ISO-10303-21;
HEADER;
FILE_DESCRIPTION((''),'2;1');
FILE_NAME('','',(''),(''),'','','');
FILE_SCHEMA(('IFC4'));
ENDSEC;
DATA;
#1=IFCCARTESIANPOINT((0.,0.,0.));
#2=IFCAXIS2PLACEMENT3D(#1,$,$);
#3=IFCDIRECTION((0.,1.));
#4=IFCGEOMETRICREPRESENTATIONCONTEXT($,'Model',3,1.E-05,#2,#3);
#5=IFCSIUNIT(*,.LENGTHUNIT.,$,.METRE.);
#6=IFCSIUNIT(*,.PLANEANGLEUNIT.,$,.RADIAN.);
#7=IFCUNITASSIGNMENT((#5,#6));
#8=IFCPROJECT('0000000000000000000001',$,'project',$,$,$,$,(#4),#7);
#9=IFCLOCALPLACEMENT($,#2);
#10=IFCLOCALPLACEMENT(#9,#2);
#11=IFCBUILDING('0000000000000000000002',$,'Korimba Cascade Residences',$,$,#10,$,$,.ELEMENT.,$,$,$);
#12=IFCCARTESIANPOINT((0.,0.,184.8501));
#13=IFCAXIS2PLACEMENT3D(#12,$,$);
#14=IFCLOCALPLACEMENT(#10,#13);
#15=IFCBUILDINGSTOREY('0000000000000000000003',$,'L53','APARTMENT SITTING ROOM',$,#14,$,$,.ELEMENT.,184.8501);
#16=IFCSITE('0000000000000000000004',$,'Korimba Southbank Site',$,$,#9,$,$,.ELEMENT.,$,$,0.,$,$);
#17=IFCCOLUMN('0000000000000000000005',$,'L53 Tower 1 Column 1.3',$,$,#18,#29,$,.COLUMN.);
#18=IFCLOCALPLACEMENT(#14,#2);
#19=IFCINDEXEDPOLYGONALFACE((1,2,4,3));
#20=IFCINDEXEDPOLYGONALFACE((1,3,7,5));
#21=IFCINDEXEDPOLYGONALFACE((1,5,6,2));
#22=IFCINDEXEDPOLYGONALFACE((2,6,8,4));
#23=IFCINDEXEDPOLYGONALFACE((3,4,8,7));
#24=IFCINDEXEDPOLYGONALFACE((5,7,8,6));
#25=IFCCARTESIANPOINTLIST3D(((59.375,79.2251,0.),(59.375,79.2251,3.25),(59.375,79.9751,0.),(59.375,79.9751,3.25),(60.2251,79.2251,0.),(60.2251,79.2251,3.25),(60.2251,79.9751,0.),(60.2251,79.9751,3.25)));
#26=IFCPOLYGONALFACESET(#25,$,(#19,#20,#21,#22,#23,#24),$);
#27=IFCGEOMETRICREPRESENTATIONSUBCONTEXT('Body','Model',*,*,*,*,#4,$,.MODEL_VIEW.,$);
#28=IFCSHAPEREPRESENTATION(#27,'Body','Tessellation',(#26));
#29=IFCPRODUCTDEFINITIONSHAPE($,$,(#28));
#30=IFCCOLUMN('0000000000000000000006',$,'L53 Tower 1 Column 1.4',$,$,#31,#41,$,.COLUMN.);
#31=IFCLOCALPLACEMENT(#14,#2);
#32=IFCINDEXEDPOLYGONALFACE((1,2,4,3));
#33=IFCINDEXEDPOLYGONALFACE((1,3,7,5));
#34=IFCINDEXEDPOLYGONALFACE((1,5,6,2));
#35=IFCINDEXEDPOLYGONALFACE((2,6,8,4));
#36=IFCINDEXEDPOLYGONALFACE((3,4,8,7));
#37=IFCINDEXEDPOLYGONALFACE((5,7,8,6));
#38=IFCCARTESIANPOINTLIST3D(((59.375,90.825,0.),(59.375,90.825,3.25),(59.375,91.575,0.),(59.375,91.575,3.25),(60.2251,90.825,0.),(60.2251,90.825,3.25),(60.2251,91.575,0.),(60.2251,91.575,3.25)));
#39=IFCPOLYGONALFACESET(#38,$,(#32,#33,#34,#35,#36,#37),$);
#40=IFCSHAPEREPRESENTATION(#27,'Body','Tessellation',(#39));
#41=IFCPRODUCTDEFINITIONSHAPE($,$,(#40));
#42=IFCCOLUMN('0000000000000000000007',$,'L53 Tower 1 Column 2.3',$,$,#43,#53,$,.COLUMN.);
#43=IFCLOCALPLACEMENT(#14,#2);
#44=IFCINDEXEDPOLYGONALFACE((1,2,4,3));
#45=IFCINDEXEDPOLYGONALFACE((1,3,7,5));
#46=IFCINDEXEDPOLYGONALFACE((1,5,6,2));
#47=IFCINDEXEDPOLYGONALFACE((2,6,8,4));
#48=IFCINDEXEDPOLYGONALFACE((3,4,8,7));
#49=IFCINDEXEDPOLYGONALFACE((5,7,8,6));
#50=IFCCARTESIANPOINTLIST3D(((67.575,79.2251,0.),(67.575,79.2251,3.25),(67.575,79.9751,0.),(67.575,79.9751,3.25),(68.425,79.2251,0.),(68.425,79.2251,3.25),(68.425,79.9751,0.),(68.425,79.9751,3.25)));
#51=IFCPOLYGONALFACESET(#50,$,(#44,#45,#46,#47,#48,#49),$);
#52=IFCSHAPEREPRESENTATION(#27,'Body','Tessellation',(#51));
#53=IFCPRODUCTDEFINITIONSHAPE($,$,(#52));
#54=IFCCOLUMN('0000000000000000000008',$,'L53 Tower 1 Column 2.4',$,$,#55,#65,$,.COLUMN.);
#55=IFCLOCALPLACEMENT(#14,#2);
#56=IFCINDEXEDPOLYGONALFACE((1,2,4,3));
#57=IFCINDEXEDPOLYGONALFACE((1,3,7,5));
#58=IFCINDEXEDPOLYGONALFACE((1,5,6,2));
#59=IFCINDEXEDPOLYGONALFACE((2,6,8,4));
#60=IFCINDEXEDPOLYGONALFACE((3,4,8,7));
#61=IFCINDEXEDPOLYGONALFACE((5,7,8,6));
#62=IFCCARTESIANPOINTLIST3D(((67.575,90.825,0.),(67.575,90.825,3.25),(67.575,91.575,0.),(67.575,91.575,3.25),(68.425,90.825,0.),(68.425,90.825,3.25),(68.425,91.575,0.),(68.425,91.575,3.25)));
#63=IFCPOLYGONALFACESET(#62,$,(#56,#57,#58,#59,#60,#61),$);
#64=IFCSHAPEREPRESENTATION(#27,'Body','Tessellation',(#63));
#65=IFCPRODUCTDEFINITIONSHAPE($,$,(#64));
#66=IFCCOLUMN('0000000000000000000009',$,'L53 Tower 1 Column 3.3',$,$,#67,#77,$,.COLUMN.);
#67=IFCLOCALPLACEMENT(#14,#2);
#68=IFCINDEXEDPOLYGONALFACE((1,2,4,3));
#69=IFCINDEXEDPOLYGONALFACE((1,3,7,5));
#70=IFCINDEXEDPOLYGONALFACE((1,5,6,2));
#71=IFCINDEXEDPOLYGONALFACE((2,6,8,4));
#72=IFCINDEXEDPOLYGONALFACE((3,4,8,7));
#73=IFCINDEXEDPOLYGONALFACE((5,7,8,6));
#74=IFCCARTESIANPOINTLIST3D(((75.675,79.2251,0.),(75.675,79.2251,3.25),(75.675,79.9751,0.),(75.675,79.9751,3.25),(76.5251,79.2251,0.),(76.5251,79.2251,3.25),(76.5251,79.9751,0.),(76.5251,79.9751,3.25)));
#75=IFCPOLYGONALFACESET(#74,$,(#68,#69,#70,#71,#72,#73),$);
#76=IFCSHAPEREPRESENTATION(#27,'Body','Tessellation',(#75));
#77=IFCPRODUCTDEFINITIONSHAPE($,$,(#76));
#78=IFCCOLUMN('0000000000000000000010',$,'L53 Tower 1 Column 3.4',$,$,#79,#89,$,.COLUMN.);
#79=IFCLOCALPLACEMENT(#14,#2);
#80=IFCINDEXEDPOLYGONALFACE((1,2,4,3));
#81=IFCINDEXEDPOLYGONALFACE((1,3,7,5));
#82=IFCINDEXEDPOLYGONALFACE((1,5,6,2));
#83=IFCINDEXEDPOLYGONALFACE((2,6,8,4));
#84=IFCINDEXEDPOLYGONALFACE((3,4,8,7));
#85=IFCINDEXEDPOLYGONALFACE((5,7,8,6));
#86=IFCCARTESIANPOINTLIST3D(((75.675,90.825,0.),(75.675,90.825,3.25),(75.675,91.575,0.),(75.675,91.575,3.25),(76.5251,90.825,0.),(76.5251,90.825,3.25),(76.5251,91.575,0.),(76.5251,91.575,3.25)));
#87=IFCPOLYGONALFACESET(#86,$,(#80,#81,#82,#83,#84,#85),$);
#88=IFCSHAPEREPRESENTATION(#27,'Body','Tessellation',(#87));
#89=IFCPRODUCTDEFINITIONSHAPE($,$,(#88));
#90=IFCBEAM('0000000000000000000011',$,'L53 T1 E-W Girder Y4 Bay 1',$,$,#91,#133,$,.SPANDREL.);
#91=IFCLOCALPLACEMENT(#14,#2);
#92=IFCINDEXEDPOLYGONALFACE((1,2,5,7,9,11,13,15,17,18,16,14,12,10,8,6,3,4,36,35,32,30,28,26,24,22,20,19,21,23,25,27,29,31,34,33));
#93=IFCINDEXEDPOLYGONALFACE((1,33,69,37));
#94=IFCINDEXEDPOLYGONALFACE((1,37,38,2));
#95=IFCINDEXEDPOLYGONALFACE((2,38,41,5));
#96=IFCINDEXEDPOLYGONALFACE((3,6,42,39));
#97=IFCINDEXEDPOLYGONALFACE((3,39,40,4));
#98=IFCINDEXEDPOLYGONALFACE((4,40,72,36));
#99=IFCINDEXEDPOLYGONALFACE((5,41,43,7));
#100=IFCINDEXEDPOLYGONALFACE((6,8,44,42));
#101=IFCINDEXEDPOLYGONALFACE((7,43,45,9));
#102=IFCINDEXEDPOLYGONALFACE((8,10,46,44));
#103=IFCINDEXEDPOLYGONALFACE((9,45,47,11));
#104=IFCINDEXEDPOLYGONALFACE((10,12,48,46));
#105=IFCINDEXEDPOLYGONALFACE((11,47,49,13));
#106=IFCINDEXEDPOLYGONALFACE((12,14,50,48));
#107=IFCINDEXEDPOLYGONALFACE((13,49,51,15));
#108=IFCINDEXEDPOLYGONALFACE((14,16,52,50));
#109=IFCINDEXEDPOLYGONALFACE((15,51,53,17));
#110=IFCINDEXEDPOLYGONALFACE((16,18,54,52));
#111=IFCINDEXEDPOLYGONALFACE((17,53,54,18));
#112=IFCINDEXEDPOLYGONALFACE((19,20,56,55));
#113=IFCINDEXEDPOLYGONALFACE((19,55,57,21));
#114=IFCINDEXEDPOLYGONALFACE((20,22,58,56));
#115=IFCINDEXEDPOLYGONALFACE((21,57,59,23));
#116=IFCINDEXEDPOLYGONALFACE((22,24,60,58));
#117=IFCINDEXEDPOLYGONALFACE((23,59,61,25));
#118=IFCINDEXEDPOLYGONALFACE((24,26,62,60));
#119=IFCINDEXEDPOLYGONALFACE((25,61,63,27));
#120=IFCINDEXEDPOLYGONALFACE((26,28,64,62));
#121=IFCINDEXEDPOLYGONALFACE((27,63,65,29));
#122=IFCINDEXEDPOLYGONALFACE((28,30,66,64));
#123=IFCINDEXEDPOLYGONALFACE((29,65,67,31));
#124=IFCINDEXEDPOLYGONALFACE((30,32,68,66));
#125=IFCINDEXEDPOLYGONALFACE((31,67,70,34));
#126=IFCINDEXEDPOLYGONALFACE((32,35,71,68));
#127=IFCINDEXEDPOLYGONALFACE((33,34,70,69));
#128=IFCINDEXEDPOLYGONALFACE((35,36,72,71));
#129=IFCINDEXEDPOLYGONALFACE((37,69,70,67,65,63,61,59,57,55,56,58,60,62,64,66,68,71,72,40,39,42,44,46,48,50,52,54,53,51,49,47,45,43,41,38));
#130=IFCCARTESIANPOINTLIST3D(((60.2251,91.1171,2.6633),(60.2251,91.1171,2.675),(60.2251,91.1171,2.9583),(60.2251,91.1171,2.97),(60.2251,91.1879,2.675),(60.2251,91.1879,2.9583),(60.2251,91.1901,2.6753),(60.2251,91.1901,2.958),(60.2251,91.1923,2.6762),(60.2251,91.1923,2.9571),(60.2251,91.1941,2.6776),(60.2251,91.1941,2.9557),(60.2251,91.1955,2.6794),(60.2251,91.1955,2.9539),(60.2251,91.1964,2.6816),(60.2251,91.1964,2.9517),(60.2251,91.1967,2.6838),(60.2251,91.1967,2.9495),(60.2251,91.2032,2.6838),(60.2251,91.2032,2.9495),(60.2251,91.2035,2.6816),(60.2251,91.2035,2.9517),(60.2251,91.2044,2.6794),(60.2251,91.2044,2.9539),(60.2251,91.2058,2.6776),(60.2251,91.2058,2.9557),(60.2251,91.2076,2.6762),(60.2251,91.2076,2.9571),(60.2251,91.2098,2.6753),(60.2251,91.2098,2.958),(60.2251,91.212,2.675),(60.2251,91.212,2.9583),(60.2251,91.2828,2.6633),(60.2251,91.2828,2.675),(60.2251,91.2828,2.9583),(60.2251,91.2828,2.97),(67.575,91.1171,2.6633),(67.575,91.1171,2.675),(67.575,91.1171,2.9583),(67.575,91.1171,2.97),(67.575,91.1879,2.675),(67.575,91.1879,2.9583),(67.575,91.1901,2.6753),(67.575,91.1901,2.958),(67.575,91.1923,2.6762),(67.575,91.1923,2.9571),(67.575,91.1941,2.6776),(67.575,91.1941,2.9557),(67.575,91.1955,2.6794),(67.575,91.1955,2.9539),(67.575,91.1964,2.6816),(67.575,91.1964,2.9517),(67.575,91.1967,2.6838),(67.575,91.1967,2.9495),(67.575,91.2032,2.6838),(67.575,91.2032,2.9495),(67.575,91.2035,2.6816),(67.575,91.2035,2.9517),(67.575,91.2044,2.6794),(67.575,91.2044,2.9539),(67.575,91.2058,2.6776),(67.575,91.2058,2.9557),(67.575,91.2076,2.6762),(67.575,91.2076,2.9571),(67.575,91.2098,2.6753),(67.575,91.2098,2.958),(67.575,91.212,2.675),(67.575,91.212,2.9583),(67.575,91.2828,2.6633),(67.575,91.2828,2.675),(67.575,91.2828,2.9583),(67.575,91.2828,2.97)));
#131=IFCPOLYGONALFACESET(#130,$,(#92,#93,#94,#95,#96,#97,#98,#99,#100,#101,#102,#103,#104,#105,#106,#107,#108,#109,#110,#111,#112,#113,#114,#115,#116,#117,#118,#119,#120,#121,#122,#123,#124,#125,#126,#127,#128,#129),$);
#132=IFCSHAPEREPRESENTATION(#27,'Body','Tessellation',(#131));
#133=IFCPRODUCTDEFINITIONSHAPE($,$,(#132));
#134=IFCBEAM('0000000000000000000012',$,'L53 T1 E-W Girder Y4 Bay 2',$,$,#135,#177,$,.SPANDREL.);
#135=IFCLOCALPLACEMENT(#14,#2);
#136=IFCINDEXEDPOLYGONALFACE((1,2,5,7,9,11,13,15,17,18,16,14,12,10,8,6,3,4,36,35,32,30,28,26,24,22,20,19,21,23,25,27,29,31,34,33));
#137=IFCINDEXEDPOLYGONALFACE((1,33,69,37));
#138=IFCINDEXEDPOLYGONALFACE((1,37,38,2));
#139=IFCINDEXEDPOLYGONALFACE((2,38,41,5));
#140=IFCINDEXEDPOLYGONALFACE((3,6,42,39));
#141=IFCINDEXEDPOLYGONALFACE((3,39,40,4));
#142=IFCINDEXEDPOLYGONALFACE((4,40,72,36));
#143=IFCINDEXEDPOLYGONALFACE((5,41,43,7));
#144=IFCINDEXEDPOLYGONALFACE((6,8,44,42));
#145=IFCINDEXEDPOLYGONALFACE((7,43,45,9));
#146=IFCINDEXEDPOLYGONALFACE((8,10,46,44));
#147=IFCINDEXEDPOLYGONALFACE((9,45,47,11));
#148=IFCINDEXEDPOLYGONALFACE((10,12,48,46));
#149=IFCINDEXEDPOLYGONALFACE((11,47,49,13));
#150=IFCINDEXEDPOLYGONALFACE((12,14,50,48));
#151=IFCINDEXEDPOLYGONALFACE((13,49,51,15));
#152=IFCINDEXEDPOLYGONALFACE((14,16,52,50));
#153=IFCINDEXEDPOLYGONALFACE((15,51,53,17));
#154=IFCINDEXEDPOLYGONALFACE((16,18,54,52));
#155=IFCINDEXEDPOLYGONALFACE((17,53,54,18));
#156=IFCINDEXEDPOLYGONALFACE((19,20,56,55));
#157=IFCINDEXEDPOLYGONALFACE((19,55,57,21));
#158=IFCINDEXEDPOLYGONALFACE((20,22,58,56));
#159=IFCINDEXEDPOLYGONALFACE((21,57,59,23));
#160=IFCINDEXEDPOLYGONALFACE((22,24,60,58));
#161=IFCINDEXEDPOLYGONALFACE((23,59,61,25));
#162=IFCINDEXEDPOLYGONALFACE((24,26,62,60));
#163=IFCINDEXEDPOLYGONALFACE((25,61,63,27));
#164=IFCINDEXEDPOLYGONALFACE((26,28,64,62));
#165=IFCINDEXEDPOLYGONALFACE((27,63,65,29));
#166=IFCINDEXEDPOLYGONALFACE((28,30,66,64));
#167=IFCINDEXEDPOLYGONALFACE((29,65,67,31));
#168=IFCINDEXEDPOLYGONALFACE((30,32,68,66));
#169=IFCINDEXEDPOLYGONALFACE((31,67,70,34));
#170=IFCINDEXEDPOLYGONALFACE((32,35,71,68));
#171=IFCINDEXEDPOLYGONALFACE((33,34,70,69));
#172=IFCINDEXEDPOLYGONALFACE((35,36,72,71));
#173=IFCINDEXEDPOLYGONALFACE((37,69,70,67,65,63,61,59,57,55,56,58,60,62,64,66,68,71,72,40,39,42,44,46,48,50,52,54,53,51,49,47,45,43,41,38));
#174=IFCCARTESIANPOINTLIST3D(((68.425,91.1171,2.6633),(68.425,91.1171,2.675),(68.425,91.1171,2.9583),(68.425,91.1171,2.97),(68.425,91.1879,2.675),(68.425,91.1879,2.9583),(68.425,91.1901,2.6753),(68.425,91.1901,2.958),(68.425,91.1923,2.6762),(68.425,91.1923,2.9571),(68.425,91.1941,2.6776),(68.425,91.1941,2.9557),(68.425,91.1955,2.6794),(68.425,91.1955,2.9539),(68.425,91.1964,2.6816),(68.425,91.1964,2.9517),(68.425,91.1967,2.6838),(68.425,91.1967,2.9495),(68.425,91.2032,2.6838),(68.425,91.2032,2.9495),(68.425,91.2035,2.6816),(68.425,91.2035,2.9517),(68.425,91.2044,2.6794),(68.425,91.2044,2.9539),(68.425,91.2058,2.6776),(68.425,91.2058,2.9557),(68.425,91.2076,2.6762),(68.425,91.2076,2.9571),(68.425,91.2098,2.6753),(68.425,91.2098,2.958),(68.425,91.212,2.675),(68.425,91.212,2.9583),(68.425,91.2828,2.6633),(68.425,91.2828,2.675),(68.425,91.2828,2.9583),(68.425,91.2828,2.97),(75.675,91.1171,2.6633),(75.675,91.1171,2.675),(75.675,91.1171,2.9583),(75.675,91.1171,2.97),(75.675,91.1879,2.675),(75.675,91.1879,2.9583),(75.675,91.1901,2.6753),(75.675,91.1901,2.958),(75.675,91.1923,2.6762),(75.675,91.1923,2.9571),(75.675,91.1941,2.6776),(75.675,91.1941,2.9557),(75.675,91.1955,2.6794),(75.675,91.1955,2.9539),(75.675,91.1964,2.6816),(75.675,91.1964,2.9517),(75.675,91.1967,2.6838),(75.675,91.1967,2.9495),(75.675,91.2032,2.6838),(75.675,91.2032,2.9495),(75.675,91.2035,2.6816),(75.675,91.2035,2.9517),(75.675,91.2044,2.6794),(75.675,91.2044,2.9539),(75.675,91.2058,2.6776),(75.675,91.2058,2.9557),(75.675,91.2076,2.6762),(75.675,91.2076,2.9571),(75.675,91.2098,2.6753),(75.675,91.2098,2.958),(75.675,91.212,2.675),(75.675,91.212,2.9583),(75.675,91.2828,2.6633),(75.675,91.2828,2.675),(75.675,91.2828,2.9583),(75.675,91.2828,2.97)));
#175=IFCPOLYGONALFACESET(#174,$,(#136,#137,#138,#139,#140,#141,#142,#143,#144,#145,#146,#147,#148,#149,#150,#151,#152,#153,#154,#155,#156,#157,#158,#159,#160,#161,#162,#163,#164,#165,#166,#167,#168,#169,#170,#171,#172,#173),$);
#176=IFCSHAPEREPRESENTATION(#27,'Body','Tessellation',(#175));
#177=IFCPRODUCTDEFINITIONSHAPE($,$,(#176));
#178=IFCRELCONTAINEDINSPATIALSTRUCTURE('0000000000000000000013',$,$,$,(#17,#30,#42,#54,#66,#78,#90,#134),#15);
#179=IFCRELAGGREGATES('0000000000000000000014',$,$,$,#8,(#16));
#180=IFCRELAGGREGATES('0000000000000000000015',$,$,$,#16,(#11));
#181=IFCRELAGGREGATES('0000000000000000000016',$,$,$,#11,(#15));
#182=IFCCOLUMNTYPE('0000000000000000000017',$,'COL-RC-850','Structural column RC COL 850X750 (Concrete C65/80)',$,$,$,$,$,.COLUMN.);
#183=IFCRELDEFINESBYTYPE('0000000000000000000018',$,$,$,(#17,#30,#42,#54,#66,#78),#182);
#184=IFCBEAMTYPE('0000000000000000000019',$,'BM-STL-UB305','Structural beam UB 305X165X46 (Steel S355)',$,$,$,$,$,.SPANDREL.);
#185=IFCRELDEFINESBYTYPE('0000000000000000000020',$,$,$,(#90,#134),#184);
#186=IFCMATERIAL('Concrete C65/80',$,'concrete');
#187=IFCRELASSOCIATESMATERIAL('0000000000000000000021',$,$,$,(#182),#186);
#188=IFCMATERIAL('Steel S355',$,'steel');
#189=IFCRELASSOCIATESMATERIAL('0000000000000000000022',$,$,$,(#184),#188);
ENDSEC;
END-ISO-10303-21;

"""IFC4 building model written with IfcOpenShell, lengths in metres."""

from ifc_helpers import new_model, si_unit, direction, frame, origin, origin_2d, place, context, subcontext, project, spatial, rectangle, i_section, extrude, material, material_profile, profile_set, type_object, element, save


model = new_model("IFC4")

# Units and contexts
model_context = context("Model", 3, precision=1e-05, world=origin(), true_north=direction((0.0, 1.0)))
body_context = subcontext(model_context, "Body", "Model", "MODEL_VIEW")
ifc_project = project(units=[si_unit("LENGTHUNIT", "METRE"), si_unit("PLANEANGLEUNIT", "RADIAN")], contexts=[model_context])

# Site, building, storey
site_placement = place(None, origin())
site = spatial("IfcSite", under=ifc_project, at=site_placement, Name="Korimba Southbank Site", CompositionType="ELEMENT", RefElevation=0.0)
building_placement = place(site_placement, origin())
building = spatial("IfcBuilding", under=site, at=building_placement, Name="Korimba Cascade Residences", CompositionType="ELEMENT")
storey_placement = place(building_placement, frame((0.0, 0.0, 184.8501)))
storey = spatial("IfcBuildingStorey", under=building, at=storey_placement, Name="L53", Description="APARTMENT SITTING ROOM", CompositionType="ELEMENT", Elevation=184.8501)

# Columns
ifc_material_1 = material(Name="Concrete C65/80", Category="concrete")
ifc_material_profile_1 = material_profile(ifc_material_1, rectangle(XDim=0.8501, YDim=0.75, at=origin_2d()), Name="Concrete C65/80")
ifc_profile_set_1 = profile_set([ifc_material_profile_1], Name="Concrete C65/80")
column_type = type_object("IfcColumnType", Name="COL-RC-850", Description="Structural column RC COL 850X750 (Concrete C65/80)", PredefinedType="COLUMN", material=ifc_profile_set_1)
for number, where, z_axis, x_axis, name in (
    (1, (59.8, 79.6001, 0.0), (0.0, 0.0, 1.0), (1.0, 0.0, 0.0), "L53 Tower 1 Column 1.3"),
    (2, (59.8, 91.2, 0.0), (0.0, 0.0, 1.0), (1.0, 0.0, 0.0), "L53 Tower 1 Column 1.4"),
    (3, (68.0, 79.6001, 0.0), (0.0, 0.0, 1.0), (1.0, 0.0, 0.0), "L53 Tower 1 Column 2.3"),
    (4, (68.0, 91.2, 0.0), (0.0, 0.0, 1.0), (1.0, 0.0, 0.0), "L53 Tower 1 Column 2.4"),
    (5, (76.1001, 79.6001, 0.0), (0.0, 0.0, 1.0), (1.0, 0.0, 0.0), "L53 Tower 1 Column 3.3"),
    (6, (76.1001, 91.2, 0.0), (0.0, 0.0, 1.0), (1.0, 0.0, 0.0), "L53 Tower 1 Column 3.4"),
):
    element("IfcColumn", number, at=place(storey_placement, frame(where, z_axis=z_axis, x_axis=x_axis)), inside=storey, type_object=column_type, Name=name, PredefinedType="COLUMN", context=body_context, shape_type="SweptSolid", body=[
        extrude(rectangle(XDim=0.8501, YDim=0.75, at=origin_2d()), origin(), (0.0, 0.0, 1.0), 3.25),
    ])

# Beams
ifc_material_2 = material(Name="Steel S355", Category="steel")
ifc_material_profile_2 = material_profile(ifc_material_2, i_section(OverallWidth=0.1658, OverallDepth=0.3066, WebThickness=0.0066, FlangeThickness=0.0117, FilletRadius=0.0088, at=origin_2d()), Name="Steel S355")
ifc_profile_set_2 = profile_set([ifc_material_profile_2], Name="Steel S355")
beam_type_1 = type_object("IfcBeamType", Name="BM-STL-UB305", Description="Structural beam UB 305X165X46 (Steel S355)", PredefinedType="SPANDREL", material=ifc_profile_set_2)
beam_1_placement = place(storey_placement, frame((60.2251, 91.2, 2.8167), z_axis=(1.0, 0.0, 0.0), x_axis=(0.0, 1.0, 0.0)))
element("IfcBeam", 7, at=beam_1_placement, inside=storey, type_object=beam_type_1, Name="L53 T1 E-W Girder Y4 Bay 1", PredefinedType="SPANDREL", context=body_context, shape_type="SweptSolid", body=[
    extrude(i_section(OverallWidth=0.1658, OverallDepth=0.3066, WebThickness=0.0066, FlangeThickness=0.0117, FilletRadius=0.0088, at=origin_2d()), origin(), (0.0, 0.0, 1.0), 7.3499),
])
beam_2_placement = place(storey_placement, frame((68.425, 91.2, 2.8167), z_axis=(1.0, 0.0, 0.0), x_axis=(0.0, 1.0, 0.0)))
element("IfcBeam", 8, at=beam_2_placement, inside=storey, type_object=beam_type_1, Name="L53 T1 E-W Girder Y4 Bay 2", PredefinedType="SPANDREL", context=body_context, shape_type="SweptSolid", body=[
    extrude(i_section(OverallWidth=0.1658, OverallDepth=0.3066, WebThickness=0.0066, FlangeThickness=0.0117, FilletRadius=0.0088, at=origin_2d()), origin(), (0.0, 0.0, 1.0), 7.25),
])

save(model, "model.ifc")
